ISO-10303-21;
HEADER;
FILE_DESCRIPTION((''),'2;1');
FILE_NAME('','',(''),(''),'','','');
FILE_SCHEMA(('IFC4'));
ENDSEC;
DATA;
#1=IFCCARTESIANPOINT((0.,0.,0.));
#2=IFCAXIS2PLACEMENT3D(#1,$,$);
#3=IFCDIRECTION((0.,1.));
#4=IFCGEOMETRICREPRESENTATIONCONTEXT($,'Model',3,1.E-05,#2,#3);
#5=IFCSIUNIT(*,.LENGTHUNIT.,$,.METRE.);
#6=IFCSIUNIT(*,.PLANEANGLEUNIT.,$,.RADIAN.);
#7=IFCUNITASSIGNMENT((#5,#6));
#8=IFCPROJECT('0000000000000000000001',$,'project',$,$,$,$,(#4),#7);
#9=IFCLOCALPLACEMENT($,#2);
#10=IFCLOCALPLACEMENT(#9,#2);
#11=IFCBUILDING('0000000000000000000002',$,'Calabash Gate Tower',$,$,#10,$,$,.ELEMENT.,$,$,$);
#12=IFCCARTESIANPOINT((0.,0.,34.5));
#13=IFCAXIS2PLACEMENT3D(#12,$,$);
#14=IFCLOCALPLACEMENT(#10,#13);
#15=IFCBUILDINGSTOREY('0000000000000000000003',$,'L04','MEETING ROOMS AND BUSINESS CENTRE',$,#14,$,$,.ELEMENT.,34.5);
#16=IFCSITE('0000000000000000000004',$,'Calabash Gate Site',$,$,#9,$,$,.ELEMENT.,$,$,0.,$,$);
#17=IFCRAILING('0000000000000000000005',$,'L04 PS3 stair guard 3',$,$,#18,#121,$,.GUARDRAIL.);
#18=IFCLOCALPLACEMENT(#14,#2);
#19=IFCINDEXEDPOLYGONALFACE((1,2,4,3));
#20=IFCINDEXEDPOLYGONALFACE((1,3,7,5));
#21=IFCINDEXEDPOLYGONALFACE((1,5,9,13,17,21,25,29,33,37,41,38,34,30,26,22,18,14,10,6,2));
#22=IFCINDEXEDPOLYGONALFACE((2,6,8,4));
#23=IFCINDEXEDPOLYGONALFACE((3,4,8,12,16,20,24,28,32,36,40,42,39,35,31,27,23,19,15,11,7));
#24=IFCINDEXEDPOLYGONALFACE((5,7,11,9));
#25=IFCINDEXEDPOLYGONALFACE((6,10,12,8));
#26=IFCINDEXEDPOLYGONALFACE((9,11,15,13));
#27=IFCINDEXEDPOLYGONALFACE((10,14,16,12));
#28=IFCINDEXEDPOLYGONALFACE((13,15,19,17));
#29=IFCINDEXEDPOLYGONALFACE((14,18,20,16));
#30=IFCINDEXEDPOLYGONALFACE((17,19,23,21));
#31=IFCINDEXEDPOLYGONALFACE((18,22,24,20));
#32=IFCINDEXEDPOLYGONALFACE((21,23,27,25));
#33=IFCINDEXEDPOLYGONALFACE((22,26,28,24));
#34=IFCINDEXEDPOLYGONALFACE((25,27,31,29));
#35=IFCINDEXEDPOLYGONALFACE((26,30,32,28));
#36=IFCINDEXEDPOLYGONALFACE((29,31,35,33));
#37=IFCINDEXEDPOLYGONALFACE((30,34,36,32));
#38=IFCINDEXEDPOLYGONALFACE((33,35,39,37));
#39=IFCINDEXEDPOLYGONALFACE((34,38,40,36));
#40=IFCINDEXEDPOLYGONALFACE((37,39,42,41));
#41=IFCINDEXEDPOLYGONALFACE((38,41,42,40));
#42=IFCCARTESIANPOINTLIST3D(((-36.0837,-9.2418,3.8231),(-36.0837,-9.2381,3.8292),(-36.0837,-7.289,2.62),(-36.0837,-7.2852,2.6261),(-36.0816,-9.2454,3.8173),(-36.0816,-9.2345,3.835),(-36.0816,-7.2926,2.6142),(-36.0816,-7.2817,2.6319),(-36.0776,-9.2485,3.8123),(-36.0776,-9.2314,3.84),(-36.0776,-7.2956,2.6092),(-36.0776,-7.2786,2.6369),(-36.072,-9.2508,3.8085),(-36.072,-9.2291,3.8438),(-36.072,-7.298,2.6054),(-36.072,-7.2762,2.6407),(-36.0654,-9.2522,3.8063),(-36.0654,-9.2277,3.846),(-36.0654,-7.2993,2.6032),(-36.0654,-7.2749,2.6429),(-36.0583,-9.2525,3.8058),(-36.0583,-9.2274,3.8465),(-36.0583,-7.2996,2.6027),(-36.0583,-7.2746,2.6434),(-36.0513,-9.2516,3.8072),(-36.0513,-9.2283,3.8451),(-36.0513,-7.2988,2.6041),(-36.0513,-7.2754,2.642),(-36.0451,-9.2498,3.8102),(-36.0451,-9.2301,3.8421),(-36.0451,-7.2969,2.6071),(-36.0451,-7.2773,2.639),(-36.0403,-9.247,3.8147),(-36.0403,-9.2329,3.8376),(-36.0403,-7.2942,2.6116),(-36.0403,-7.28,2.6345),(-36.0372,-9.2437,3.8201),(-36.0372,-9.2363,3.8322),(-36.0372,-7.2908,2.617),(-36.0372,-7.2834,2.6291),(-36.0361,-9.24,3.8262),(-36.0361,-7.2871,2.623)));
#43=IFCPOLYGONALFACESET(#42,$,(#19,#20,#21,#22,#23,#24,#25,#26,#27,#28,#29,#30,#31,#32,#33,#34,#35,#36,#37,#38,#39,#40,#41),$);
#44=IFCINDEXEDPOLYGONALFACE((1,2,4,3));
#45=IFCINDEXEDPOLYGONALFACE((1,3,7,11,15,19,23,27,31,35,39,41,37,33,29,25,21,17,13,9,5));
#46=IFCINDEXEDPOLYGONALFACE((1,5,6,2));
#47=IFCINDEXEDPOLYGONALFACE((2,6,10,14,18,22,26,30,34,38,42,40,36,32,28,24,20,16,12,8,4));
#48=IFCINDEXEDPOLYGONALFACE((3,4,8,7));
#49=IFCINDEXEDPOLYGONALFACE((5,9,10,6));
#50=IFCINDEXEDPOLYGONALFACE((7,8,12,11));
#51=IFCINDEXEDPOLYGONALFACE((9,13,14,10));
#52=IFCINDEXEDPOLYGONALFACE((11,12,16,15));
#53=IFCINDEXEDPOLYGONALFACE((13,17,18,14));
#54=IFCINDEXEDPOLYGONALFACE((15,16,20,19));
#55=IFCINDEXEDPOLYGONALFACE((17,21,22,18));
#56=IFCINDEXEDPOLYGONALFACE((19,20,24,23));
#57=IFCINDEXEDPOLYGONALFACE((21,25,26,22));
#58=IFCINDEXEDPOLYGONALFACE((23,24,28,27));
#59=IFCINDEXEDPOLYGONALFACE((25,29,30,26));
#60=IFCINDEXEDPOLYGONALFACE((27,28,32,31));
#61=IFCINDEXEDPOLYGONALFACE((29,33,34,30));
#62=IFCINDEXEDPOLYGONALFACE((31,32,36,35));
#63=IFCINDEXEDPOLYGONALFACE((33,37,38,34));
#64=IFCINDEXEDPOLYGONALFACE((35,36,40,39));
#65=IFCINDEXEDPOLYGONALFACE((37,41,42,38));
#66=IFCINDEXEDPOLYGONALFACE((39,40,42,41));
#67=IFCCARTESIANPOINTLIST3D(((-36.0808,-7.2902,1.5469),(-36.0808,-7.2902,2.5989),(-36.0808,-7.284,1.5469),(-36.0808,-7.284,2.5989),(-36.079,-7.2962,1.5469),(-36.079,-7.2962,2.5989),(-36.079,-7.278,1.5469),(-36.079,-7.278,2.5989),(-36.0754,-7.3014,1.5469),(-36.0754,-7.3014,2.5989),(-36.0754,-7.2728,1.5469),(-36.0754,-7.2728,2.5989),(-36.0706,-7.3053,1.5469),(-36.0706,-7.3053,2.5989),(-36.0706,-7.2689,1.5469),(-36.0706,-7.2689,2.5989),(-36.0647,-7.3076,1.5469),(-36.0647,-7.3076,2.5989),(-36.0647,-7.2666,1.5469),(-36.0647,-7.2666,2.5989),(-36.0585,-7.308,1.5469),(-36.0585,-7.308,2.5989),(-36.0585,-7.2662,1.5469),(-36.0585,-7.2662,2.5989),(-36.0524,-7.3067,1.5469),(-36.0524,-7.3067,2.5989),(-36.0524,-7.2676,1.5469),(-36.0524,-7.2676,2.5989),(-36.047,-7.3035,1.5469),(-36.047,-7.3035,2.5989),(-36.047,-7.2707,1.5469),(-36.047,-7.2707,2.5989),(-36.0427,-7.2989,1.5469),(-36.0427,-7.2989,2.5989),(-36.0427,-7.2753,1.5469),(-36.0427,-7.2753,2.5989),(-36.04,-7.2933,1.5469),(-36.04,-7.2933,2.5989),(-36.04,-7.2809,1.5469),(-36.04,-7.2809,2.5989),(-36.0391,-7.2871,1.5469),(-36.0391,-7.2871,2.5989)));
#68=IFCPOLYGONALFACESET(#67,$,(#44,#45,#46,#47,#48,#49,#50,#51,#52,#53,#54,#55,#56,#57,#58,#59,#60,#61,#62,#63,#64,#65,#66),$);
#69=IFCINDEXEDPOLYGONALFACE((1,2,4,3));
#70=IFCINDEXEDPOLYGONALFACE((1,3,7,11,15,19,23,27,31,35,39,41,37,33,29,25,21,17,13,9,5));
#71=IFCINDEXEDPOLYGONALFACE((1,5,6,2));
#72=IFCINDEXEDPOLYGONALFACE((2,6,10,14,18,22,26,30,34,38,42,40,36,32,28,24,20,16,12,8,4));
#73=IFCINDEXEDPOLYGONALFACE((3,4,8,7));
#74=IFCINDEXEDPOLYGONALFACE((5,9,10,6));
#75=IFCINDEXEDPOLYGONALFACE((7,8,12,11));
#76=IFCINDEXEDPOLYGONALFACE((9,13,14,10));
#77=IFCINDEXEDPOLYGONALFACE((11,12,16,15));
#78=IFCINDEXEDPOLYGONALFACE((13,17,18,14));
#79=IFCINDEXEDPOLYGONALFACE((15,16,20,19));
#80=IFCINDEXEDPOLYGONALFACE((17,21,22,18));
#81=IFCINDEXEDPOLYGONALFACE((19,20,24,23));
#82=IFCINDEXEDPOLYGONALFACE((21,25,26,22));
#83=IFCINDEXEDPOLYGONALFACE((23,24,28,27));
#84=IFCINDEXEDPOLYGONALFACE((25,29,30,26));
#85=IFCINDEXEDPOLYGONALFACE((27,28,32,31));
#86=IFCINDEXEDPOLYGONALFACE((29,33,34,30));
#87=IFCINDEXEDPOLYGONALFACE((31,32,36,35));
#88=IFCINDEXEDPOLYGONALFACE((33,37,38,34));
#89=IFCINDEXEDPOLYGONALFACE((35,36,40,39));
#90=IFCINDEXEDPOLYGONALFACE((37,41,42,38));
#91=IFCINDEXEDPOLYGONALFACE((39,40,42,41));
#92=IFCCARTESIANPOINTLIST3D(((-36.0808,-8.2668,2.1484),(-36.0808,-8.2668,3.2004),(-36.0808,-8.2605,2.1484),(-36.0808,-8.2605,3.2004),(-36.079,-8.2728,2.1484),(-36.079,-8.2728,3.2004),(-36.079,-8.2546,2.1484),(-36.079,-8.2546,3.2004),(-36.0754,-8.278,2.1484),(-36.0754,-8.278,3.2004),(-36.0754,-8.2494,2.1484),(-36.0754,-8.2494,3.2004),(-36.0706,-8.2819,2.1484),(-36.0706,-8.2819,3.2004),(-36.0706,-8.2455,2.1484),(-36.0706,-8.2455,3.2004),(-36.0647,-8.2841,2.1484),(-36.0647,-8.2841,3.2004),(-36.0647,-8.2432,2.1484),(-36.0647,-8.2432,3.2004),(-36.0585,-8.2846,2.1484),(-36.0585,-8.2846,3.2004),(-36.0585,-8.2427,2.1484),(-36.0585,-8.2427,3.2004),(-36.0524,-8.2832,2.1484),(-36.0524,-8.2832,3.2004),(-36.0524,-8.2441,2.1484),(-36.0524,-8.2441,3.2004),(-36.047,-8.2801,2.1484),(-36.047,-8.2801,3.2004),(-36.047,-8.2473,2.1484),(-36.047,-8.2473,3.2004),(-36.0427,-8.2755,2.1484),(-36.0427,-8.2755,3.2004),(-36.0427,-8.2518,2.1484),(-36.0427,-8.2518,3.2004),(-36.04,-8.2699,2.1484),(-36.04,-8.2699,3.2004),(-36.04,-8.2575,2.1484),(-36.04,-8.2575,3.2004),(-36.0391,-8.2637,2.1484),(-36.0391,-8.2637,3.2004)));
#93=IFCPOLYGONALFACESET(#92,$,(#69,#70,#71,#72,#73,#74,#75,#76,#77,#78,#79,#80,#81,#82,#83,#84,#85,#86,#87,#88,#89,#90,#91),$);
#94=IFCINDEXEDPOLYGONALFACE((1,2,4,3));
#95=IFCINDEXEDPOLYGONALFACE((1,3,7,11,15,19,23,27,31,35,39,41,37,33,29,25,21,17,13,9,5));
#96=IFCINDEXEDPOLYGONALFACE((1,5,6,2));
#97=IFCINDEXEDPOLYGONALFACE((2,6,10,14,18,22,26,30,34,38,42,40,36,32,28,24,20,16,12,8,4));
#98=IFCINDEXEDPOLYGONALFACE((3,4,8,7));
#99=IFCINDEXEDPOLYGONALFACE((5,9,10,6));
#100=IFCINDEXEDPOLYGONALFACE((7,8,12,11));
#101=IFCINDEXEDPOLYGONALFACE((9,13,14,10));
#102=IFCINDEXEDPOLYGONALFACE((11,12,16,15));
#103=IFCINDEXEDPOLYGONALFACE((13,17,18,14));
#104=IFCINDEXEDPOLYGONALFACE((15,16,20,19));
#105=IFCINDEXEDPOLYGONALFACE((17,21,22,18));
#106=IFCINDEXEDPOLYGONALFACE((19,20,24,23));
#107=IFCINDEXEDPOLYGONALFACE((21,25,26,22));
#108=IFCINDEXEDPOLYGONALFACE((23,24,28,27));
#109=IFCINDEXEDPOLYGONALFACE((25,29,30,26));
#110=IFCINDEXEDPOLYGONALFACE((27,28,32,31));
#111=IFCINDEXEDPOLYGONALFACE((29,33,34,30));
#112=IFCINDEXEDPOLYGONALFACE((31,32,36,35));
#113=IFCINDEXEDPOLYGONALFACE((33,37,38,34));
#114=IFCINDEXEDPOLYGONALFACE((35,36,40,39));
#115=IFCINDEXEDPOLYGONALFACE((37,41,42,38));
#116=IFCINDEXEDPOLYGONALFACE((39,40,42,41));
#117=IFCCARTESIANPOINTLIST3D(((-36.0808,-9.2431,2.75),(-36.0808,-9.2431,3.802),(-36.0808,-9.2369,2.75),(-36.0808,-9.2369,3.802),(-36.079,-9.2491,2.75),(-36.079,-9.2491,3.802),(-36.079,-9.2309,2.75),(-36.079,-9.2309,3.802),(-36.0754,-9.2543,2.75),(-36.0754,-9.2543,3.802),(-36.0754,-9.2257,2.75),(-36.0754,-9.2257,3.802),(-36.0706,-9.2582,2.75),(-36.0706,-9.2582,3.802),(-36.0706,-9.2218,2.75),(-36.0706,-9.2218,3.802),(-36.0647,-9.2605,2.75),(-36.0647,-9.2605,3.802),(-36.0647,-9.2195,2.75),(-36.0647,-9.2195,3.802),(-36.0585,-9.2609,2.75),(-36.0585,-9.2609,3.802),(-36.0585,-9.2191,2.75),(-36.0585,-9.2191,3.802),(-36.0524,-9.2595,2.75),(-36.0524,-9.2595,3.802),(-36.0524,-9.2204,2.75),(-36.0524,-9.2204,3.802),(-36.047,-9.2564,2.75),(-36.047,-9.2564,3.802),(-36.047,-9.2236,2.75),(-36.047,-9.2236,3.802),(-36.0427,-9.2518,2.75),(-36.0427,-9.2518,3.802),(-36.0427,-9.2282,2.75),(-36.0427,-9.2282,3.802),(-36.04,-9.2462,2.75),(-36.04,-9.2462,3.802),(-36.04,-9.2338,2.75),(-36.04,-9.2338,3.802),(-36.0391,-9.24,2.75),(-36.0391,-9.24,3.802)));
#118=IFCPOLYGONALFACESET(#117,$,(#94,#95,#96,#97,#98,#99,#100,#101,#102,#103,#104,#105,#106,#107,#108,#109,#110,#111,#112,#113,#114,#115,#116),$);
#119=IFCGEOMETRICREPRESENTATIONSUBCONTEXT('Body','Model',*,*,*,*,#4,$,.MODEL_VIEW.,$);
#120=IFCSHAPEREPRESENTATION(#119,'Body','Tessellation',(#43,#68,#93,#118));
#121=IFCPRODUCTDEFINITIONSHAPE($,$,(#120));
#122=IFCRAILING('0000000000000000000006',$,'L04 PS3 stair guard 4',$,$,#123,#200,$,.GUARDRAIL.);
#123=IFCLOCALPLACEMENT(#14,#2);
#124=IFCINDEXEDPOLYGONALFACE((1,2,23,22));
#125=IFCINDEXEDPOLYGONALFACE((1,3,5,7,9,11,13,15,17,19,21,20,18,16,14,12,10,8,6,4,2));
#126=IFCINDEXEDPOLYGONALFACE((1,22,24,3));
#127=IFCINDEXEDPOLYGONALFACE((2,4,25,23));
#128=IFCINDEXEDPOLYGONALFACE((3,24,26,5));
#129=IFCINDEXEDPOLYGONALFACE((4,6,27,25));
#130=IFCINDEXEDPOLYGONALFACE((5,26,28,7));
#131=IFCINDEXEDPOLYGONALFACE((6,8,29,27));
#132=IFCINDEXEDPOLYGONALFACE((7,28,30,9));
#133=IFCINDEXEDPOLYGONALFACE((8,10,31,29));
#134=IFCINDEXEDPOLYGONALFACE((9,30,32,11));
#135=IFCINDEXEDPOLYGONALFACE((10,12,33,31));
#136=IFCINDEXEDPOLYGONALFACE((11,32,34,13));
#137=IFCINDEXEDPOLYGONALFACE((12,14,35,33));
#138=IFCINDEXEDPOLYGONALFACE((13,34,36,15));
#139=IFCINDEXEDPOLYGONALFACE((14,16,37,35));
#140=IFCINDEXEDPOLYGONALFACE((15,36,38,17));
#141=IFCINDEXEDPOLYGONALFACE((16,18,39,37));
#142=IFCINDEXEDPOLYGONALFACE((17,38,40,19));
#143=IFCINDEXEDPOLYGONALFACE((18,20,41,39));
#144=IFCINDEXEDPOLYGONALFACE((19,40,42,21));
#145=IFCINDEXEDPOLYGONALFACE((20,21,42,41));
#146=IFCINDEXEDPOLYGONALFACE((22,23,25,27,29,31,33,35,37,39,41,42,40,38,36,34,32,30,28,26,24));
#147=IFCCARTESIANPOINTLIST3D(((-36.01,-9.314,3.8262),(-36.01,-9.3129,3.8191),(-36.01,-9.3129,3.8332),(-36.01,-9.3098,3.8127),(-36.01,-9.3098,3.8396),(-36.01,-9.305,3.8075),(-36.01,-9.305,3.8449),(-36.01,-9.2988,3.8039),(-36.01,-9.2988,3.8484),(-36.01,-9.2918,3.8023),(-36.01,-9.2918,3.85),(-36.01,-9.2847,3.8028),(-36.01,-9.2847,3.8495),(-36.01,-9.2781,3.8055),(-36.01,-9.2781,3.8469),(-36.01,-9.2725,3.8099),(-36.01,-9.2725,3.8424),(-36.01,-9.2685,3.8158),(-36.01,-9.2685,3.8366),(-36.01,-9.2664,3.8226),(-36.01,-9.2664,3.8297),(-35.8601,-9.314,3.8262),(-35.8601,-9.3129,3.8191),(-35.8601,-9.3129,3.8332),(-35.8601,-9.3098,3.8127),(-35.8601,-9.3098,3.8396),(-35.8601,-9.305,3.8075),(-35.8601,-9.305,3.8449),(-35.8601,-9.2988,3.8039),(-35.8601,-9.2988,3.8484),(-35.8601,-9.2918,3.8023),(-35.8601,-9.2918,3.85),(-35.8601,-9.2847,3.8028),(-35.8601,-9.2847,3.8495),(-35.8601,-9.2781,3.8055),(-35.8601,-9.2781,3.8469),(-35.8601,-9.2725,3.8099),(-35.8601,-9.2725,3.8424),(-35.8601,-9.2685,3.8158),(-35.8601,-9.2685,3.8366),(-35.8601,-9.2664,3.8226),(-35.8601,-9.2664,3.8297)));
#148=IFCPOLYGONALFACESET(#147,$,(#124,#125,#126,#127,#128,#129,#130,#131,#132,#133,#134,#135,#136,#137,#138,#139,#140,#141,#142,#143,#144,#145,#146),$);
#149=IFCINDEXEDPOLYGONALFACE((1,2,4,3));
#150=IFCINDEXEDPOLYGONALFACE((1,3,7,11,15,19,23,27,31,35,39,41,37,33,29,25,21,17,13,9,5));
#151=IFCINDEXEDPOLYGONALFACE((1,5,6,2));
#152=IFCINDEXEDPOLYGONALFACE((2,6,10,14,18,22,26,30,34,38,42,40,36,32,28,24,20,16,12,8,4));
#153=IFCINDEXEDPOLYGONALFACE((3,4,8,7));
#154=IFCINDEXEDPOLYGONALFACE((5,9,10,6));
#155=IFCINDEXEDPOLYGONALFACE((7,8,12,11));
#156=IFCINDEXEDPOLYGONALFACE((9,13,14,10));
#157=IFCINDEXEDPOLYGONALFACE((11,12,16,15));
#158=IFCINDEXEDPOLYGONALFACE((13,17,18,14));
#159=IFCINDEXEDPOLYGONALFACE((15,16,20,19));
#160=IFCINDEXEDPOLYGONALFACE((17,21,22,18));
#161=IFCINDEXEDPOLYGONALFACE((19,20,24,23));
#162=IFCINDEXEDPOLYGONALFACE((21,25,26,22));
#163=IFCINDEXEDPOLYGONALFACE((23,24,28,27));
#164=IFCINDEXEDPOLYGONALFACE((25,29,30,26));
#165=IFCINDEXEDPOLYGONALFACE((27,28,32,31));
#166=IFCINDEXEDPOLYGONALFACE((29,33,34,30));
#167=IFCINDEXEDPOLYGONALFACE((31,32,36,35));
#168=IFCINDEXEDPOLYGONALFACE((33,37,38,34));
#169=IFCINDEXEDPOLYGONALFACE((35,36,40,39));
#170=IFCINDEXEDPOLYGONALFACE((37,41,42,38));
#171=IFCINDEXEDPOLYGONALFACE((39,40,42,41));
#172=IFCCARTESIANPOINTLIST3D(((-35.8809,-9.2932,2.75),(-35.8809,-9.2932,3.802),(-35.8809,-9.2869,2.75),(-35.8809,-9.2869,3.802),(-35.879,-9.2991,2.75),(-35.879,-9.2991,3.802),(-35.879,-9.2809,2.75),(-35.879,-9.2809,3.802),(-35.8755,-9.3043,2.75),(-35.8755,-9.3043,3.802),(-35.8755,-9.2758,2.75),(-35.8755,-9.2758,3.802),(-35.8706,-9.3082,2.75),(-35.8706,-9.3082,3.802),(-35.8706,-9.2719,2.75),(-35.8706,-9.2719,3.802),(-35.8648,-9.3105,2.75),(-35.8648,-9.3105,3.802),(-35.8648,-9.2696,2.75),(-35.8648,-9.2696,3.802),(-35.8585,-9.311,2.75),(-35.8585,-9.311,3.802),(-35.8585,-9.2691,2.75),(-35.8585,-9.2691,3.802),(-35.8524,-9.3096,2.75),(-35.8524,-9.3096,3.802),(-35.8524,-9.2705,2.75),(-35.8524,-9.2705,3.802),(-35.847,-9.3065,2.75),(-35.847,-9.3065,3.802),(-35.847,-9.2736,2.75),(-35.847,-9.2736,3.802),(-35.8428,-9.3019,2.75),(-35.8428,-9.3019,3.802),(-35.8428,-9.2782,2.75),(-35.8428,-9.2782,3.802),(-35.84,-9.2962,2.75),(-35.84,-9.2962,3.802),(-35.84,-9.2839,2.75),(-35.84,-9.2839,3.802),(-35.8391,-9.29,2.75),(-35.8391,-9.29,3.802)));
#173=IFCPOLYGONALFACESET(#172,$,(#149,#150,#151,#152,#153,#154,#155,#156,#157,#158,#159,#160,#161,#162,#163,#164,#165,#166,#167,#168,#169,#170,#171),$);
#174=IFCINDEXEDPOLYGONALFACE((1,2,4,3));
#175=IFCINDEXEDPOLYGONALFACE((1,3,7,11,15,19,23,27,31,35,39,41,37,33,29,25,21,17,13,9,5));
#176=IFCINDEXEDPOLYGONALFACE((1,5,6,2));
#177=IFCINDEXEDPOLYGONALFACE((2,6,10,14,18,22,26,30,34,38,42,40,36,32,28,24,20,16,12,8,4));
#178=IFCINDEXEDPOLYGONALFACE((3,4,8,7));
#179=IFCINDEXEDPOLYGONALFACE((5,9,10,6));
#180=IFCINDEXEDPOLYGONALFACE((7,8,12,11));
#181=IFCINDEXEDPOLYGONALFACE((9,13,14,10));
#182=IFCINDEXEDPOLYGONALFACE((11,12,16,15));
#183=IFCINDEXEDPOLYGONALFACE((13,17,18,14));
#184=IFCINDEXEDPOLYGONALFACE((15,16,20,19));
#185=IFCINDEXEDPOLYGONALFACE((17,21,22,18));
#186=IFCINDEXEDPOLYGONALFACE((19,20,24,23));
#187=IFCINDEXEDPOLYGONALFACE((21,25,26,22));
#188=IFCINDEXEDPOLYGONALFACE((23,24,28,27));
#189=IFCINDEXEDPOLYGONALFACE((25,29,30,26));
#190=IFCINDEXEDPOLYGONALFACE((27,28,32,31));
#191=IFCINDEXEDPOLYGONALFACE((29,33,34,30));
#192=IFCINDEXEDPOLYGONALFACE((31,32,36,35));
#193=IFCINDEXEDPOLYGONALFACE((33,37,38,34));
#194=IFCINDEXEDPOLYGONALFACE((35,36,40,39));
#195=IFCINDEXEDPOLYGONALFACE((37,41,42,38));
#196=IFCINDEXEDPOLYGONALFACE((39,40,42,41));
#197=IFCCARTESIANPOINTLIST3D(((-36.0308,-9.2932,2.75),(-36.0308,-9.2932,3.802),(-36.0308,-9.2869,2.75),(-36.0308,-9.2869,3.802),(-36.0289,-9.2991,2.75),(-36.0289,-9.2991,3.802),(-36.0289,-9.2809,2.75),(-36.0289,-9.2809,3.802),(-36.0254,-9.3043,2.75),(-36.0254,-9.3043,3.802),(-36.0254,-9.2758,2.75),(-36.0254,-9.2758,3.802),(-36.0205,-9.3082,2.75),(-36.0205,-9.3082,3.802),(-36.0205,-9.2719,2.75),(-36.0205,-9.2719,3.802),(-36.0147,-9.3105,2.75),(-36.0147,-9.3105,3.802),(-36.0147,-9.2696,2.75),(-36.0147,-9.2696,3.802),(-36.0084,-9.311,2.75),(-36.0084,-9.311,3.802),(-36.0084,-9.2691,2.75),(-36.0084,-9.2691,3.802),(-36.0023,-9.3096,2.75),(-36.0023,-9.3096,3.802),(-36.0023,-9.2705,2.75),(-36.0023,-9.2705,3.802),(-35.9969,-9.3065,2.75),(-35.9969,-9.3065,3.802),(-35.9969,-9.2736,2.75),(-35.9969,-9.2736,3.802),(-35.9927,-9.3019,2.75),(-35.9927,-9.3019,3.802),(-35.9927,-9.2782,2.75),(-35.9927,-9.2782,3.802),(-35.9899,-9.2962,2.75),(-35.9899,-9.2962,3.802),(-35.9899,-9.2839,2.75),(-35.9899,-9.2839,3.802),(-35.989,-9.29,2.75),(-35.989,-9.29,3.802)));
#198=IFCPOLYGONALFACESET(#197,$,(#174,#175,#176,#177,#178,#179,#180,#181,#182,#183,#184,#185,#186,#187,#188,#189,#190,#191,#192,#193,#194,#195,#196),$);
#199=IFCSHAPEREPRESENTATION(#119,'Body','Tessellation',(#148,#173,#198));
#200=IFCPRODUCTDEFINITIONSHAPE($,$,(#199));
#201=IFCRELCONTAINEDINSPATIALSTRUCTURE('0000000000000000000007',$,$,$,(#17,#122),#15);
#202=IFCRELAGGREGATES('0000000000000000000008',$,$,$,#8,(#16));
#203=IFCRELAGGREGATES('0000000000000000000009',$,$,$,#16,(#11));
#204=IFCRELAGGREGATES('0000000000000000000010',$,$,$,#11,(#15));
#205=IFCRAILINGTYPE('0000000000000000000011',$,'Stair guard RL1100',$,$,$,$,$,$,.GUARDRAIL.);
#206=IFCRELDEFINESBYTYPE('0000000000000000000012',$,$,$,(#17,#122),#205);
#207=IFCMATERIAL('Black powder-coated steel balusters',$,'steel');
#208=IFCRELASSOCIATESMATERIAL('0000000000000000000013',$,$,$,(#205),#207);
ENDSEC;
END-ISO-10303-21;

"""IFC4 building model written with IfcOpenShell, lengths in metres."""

from ifc_helpers import new_model, si_unit, direction, frame, origin, origin_2d, place, context, subcontext, project, spatial, circle, extrude, material, type_object, element, save


model = new_model("IFC4")

# Units and contexts
model_context = context("Model", 3, precision=1e-05, world=origin(), true_north=direction((0.0, 1.0)))
body_context = subcontext(model_context, "Body", "Model", "MODEL_VIEW")
ifc_project = project(units=[si_unit("LENGTHUNIT", "METRE"), si_unit("PLANEANGLEUNIT", "RADIAN")], contexts=[model_context])

# Site, building, storey
site_placement = place(None, origin())
site = spatial("IfcSite", under=ifc_project, at=site_placement, Name="Calabash Gate Site", CompositionType="ELEMENT", RefElevation=0.0)
building_placement = place(site_placement, origin())
building = spatial("IfcBuilding", under=site, at=building_placement, Name="Calabash Gate Tower", CompositionType="ELEMENT")
storey_placement = place(building_placement, frame((0.0, 0.0, 34.5)))
storey = spatial("IfcBuildingStorey", under=building, at=storey_placement, Name="L04", Description="MEETING ROOMS AND BUSINESS CENTRE", CompositionType="ELEMENT", Elevation=34.5)

# Railings
ifc_material_1 = material(Name="Black powder-coated steel balusters", Category="steel")
railing_type_1 = type_object("IfcRailingType", Name="Stair guard RL1100", PredefinedType="GUARDRAIL", material=ifc_material_1)
railing_1_placement = place(storey_placement, frame((-36.0601, -7.2871, 1.5469)))
element("IfcRailing", 1, at=railing_1_placement, inside=storey, type_object=railing_type_1, Name="L04 PS3 stair guard 3", PredefinedType="GUARDRAIL", context=body_context, shape_type="SweptSolid", body=[
    extrude(circle(Radius=0.0239, at=origin_2d()), frame((0.0, 0.0, 1.0762), z_axis=(0.0, -0.851395, 0.524525), x_axis=(1.0, 0.0, 0.0)), (0.0, 0.0, 1.0), 2.2937),
    extrude(circle(Radius=0.021, at=origin_2d()), origin(), (0.0, 0.0, 1.0), 1.052),
    extrude(circle(Radius=0.021, at=origin_2d()), frame((0.0, -0.9766, 0.6016)), (0.0, 0.0, 1.0), 1.052),
    extrude(circle(Radius=0.021, at=origin_2d()), frame((0.0, -1.9529, 1.2031)), (0.0, 0.0, 1.0), 1.052),
])
railing_2_placement = place(storey_placement, frame((-35.8601, -9.29, 2.75)))
element("IfcRailing", 2, at=railing_2_placement, inside=storey, type_object=railing_type_1, Name="L04 PS3 stair guard 4", PredefinedType="GUARDRAIL", context=body_context, shape_type="SweptSolid", body=[
    extrude(circle(Radius=0.0239, at=origin_2d()), frame((0.0, 0.0, 1.0762), z_axis=(-1.0, 0.0, 0.0), x_axis=(0.0, -1.0, 0.0)), (0.0, 0.0, 1.0), 0.1499),
    extrude(circle(Radius=0.021, at=origin_2d()), origin(), (0.0, 0.0, 1.0), 1.052),
    extrude(circle(Radius=0.021, at=origin_2d()), frame((-0.1499, 0.0, 0.0)), (0.0, 0.0, 1.0), 1.052),
])

save(model, "model.ifc")
